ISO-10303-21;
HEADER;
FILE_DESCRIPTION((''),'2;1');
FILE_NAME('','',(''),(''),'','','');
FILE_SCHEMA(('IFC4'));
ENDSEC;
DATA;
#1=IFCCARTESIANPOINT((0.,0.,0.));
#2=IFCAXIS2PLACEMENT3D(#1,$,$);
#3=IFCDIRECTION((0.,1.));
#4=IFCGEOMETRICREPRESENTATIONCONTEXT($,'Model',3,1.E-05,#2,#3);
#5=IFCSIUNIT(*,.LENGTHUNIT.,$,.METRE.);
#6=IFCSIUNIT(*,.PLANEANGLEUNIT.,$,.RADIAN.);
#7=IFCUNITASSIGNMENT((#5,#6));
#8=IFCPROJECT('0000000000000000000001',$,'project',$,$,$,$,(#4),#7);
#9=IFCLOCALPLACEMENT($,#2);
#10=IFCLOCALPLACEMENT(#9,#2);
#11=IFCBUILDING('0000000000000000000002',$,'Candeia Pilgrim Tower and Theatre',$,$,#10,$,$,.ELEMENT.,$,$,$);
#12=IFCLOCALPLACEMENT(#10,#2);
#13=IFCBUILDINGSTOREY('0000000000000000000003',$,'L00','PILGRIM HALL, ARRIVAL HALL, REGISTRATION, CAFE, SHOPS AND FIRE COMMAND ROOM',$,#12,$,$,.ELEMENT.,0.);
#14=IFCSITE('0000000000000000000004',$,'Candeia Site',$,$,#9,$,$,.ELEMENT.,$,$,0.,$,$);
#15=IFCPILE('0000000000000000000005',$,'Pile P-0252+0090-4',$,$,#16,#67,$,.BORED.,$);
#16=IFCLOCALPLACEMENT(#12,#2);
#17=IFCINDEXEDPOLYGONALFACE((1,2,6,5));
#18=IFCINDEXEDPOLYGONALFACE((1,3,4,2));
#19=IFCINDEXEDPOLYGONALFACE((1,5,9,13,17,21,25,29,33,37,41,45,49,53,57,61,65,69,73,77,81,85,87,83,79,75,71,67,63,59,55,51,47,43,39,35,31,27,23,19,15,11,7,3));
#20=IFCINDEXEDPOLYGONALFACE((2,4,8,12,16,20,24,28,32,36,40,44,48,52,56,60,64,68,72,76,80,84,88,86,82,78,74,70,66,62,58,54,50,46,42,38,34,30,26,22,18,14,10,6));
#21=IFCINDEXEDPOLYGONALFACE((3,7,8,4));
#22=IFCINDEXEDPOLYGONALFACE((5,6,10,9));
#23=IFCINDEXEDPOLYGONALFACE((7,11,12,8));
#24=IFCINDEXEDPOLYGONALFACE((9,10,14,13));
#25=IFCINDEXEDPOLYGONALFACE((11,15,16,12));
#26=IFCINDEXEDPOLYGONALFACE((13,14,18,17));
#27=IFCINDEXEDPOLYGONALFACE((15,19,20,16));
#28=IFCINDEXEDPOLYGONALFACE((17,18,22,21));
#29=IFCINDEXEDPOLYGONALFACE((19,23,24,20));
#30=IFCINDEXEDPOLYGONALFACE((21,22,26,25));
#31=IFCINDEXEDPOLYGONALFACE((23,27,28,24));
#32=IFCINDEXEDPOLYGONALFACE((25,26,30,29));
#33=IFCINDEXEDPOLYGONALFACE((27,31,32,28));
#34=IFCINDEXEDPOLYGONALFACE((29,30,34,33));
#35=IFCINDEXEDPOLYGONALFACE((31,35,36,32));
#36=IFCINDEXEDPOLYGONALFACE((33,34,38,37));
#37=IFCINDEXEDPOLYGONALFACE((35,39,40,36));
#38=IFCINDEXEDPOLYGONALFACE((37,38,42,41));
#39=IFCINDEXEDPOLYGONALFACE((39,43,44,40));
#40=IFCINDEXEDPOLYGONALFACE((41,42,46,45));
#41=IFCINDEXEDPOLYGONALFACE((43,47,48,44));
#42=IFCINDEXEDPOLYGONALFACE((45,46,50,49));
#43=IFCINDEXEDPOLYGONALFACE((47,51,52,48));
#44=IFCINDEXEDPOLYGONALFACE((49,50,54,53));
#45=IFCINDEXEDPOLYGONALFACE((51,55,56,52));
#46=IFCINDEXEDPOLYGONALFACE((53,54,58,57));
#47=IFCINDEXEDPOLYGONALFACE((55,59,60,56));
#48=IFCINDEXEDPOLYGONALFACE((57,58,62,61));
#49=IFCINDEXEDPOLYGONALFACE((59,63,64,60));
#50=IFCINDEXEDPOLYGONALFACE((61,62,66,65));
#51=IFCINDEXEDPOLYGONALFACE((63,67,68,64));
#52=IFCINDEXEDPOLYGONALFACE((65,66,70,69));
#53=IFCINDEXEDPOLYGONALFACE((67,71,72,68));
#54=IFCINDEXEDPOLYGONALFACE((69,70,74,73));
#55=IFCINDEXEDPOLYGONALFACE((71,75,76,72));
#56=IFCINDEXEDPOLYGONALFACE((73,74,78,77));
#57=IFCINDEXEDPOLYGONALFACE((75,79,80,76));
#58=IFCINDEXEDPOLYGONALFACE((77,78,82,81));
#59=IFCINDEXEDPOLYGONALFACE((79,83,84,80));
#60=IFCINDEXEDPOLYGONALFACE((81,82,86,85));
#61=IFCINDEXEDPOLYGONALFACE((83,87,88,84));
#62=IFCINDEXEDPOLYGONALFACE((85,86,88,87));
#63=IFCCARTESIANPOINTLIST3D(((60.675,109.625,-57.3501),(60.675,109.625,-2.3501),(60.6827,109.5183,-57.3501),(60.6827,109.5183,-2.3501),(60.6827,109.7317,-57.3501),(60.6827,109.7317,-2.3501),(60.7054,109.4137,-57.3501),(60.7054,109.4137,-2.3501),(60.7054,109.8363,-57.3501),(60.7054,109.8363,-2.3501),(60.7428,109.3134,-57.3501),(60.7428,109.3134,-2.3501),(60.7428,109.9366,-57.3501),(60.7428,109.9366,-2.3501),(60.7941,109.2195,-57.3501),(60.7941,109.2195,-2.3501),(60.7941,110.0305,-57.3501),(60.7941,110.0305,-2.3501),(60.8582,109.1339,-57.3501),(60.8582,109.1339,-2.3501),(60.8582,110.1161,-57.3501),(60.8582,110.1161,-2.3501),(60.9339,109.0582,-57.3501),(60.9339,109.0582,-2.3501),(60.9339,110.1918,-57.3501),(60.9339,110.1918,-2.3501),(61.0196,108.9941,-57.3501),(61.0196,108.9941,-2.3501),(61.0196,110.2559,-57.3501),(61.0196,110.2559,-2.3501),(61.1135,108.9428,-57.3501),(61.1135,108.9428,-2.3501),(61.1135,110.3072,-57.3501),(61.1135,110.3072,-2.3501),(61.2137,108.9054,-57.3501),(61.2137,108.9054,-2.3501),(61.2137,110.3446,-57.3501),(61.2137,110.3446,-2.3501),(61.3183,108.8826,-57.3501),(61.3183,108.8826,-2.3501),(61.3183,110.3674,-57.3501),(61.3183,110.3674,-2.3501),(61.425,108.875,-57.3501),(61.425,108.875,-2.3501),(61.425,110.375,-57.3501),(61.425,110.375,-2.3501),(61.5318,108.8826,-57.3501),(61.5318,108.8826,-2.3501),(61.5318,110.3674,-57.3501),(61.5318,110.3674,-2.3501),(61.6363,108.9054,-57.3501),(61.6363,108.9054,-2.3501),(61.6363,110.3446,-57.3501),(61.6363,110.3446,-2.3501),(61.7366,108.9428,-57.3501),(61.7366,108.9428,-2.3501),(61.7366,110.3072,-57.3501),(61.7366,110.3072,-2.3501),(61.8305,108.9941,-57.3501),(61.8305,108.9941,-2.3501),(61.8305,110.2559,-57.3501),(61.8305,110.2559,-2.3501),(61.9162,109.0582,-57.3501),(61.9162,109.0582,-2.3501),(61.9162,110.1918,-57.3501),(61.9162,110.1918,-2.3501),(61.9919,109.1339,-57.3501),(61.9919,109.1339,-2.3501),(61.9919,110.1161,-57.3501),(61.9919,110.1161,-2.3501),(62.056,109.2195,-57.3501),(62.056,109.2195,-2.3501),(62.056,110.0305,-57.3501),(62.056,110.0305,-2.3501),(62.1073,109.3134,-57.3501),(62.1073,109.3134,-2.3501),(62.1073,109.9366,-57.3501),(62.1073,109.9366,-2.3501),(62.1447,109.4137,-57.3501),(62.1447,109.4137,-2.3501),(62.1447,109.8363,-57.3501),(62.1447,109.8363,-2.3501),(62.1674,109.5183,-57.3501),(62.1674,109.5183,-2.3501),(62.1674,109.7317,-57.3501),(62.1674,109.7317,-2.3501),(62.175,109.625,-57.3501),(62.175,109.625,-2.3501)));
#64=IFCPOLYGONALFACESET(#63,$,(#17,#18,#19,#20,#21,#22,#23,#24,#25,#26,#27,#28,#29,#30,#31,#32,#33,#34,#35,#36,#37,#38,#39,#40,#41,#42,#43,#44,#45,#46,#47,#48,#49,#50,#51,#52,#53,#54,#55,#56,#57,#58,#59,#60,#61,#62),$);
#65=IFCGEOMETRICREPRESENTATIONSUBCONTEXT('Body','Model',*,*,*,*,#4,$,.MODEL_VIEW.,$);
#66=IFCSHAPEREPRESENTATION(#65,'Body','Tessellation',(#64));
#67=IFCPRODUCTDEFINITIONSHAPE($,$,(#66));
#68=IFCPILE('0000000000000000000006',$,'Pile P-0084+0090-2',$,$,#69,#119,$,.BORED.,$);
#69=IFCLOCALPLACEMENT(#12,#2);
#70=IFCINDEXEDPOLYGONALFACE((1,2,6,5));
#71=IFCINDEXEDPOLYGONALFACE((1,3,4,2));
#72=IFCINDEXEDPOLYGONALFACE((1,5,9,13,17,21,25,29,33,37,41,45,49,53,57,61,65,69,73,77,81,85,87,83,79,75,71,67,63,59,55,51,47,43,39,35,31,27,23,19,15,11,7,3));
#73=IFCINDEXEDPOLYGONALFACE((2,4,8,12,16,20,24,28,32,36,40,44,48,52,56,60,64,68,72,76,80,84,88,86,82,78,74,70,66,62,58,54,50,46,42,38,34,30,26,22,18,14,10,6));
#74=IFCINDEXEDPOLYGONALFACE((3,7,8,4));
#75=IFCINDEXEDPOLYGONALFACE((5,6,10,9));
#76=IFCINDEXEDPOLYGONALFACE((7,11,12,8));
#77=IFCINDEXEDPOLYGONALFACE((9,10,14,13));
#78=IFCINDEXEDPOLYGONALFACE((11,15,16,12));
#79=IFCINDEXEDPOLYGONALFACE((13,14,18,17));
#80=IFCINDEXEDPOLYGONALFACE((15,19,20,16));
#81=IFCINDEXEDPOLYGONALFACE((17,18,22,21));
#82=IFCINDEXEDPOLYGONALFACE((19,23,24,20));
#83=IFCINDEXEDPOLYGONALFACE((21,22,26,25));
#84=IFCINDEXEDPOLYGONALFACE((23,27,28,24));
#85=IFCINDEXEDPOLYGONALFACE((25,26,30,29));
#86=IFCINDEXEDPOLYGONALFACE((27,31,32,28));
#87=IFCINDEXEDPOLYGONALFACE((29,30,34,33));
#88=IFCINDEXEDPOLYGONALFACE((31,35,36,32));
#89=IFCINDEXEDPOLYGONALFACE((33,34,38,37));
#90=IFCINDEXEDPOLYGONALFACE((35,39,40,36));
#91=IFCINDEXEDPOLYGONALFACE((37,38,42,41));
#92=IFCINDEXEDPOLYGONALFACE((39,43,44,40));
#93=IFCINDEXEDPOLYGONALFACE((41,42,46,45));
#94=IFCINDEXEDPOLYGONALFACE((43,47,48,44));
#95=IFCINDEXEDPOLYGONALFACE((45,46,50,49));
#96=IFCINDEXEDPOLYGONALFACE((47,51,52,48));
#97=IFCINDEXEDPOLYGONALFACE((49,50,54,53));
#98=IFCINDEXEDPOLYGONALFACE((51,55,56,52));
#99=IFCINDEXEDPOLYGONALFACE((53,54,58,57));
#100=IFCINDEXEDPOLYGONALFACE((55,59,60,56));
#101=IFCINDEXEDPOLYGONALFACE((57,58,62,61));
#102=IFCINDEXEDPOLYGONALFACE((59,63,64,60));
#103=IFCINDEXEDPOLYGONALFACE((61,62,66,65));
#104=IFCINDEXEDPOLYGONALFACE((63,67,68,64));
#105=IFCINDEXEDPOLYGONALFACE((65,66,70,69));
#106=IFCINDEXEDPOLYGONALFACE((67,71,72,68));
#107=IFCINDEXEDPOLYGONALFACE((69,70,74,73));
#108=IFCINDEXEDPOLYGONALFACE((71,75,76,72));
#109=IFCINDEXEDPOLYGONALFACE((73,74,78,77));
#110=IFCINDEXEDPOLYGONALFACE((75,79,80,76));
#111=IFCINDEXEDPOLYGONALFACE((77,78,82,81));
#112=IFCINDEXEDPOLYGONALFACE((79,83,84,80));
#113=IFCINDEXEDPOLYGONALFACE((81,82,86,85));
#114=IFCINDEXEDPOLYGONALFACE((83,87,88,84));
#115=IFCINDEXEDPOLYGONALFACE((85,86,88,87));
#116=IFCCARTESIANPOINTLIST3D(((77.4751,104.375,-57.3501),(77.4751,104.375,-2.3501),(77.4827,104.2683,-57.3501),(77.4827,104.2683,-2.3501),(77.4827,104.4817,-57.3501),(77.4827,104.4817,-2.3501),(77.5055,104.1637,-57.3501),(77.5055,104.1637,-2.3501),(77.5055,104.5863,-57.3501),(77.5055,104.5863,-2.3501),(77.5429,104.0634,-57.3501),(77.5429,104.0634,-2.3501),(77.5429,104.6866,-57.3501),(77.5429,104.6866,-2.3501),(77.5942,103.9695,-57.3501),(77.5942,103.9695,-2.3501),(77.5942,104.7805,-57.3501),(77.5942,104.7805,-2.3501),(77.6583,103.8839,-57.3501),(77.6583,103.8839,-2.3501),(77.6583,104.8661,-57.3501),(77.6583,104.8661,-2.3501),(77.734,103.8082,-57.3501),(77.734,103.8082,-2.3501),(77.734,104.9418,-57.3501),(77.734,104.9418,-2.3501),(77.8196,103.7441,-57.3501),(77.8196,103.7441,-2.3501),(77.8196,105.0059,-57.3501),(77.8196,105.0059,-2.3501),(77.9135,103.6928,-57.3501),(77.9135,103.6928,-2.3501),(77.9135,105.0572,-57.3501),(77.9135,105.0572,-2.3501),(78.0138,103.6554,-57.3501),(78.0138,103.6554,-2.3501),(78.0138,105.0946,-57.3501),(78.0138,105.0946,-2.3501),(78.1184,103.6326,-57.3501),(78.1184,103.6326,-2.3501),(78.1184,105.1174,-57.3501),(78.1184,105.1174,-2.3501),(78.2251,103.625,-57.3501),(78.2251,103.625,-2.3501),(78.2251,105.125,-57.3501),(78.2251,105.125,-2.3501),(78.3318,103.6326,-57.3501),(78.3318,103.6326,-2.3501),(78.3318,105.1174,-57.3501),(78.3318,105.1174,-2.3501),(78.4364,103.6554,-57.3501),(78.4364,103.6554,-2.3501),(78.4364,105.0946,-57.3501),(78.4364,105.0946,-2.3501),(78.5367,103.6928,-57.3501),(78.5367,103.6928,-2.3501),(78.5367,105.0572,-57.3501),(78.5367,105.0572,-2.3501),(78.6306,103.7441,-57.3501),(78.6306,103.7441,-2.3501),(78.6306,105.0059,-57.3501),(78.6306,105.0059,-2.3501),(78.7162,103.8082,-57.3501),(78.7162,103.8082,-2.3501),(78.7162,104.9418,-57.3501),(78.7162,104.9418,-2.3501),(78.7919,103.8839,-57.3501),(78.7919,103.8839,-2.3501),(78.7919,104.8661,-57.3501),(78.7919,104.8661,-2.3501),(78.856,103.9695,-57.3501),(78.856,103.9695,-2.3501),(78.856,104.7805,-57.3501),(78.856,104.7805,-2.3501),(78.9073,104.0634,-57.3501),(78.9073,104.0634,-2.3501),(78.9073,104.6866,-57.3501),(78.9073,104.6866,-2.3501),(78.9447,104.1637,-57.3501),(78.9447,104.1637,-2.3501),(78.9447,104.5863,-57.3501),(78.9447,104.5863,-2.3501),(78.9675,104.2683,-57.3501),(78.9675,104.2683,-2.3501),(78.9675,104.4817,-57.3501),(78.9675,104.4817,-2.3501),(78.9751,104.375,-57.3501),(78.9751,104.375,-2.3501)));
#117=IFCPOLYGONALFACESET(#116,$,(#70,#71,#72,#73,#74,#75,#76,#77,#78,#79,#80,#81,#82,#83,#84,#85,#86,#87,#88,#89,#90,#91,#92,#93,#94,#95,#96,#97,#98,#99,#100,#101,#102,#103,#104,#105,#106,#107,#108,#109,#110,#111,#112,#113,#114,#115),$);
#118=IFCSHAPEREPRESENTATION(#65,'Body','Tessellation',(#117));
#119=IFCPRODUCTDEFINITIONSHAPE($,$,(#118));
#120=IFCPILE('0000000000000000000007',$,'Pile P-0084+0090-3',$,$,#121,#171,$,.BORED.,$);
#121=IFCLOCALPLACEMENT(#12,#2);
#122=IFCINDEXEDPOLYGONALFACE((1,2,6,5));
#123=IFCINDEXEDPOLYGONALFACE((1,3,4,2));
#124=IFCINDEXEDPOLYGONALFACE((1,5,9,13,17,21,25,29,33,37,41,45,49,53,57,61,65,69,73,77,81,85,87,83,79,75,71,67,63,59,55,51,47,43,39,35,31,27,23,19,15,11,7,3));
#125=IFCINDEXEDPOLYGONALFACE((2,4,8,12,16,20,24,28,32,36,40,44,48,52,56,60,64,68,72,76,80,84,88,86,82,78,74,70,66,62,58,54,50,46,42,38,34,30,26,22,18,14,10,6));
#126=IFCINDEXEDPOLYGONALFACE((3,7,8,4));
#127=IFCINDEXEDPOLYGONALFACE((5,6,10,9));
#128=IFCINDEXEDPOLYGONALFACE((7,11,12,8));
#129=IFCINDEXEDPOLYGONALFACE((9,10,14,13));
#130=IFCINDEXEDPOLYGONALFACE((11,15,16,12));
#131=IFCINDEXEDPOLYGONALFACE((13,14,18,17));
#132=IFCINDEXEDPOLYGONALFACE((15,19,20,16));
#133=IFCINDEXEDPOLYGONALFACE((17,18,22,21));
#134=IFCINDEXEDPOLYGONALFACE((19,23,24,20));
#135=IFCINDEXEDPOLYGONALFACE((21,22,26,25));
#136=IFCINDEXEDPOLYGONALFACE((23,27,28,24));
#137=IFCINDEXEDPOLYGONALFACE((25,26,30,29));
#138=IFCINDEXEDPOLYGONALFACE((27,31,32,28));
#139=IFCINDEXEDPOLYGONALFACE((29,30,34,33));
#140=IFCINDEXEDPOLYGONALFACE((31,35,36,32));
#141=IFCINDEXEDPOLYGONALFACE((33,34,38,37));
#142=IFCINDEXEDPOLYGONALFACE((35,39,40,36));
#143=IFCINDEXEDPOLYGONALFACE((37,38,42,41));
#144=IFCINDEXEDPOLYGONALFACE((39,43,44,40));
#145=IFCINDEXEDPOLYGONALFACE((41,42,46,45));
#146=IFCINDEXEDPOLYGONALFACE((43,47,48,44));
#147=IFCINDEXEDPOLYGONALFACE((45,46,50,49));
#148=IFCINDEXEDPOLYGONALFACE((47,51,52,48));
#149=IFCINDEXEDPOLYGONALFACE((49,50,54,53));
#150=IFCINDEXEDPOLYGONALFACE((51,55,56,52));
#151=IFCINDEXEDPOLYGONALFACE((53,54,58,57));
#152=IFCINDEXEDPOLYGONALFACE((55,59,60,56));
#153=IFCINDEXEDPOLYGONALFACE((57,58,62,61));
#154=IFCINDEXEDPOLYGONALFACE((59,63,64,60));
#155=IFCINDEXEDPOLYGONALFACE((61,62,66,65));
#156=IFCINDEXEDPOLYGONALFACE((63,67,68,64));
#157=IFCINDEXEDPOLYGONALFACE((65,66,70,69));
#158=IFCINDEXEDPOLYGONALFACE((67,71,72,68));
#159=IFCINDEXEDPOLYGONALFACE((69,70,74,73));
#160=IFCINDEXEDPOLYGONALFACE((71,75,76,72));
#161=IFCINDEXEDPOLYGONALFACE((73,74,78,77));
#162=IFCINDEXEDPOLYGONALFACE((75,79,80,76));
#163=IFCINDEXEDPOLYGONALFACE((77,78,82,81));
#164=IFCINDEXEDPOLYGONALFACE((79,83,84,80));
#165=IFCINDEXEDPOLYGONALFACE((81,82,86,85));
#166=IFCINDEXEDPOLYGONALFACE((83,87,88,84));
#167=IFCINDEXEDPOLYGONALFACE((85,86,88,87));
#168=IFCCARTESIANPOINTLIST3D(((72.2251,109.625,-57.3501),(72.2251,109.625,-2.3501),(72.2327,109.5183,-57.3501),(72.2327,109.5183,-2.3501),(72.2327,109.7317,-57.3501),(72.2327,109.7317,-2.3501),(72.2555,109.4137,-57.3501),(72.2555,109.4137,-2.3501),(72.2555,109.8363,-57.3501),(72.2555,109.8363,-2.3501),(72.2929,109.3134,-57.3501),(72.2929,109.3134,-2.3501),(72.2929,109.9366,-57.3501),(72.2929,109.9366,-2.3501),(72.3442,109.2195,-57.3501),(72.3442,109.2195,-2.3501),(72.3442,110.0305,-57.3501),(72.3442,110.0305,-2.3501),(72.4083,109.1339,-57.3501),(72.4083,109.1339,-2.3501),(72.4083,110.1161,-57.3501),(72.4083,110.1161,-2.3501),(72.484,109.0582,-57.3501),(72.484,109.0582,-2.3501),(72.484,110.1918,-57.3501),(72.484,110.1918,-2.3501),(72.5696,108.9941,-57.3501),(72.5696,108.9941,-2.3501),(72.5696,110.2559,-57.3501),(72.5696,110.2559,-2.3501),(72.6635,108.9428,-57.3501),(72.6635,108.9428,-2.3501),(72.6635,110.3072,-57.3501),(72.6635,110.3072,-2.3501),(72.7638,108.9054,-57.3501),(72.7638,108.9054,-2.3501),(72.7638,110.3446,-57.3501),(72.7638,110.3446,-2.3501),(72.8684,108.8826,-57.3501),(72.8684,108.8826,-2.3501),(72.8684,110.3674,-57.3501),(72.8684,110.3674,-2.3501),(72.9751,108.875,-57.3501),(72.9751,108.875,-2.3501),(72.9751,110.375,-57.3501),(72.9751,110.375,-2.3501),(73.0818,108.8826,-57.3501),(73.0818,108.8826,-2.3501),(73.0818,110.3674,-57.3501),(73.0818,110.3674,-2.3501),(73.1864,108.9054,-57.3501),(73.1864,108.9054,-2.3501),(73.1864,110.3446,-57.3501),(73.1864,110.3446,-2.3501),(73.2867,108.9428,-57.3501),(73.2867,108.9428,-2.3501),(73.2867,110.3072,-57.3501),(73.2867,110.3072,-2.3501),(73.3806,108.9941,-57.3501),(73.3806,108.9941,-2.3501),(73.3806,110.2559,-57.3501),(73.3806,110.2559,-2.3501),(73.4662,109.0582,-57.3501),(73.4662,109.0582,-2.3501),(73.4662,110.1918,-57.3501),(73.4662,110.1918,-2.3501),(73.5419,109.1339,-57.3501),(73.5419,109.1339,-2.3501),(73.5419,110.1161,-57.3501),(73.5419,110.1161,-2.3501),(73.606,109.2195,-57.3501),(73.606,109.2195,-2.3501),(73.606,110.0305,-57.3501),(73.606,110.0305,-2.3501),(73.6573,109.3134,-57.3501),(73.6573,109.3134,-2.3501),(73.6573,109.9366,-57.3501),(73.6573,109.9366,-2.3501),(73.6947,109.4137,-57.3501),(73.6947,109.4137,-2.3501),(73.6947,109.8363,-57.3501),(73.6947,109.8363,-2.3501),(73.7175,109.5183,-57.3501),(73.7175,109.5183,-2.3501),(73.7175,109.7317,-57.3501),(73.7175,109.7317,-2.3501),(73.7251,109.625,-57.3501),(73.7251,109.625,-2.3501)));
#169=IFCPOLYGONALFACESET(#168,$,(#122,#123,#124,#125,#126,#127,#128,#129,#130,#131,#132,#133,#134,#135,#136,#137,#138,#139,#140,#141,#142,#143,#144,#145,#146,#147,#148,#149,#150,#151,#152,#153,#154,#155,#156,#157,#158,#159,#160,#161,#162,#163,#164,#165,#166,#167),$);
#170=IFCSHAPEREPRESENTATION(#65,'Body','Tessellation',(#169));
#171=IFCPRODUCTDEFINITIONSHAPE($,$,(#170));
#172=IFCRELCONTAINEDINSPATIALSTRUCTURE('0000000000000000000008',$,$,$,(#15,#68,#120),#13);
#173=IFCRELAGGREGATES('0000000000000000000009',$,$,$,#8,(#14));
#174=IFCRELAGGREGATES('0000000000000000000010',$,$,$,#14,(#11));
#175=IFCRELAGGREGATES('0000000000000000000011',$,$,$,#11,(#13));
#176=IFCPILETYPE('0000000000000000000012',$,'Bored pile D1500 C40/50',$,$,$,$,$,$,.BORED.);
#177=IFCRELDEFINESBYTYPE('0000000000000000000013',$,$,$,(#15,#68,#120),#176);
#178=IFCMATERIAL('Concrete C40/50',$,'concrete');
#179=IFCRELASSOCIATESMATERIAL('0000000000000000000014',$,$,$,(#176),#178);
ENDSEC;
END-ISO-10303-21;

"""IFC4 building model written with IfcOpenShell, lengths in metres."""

from ifc_helpers import new_model, si_unit, direction, frame, origin, origin_2d, place, context, subcontext, project, spatial, circle, extrude, material, material_profile, profile_set, type_object, element, save


model = new_model("IFC4")

# Units and contexts
model_context = context("Model", 3, precision=1e-05, world=origin(), true_north=direction((0.0, 1.0)))
body_context = subcontext(model_context, "Body", "Model", "MODEL_VIEW")
ifc_project = project(units=[si_unit("LENGTHUNIT", "METRE"), si_unit("PLANEANGLEUNIT", "RADIAN")], contexts=[model_context])

# Site, building, storey
site_placement = place(None, origin())
site = spatial("IfcSite", under=ifc_project, at=site_placement, Name="Candeia Site", CompositionType="ELEMENT", RefElevation=0.0)
building_placement = place(site_placement, origin())
building = spatial("IfcBuilding", under=site, at=building_placement, Name="Candeia Pilgrim Tower and Theatre", CompositionType="ELEMENT")
storey_placement = place(building_placement, origin())
storey = spatial("IfcBuildingStorey", under=building, at=storey_placement, Name="L00", Description="PILGRIM HALL, ARRIVAL HALL, REGISTRATION, CAFE, SHOPS AND FIRE COMMAND ROOM", CompositionType="ELEMENT", Elevation=0.0)

# Piles
ifc_material_1 = material(Name="Concrete C40/50", Category="concrete")
ifc_material_profile_1 = material_profile(ifc_material_1, circle(Radius=0.75, at=origin_2d()))
ifc_profile_set_1 = profile_set([ifc_material_profile_1], Name="Concrete C40/50")
pile_type = type_object("IfcPileType", Name="Bored pile D1500 C40/50", PredefinedType="BORED", material=ifc_profile_set_1)
for number, where, z_axis, x_axis, name in (
    (1, (61.425, 109.625, -2.3501), (0.0, 0.0, -1.0), (1.0, 0.0, 0.0), "Pile P-0252+0090-4"),
    (2, (78.2251, 104.375, -2.3501), (0.0, 0.0, -1.0), (1.0, 0.0, 0.0), "Pile P-0084+0090-2"),
    (3, (72.9751, 109.625, -2.3501), (0.0, 0.0, -1.0), (1.0, 0.0, 0.0), "Pile P-0084+0090-3"),
):
    element("IfcPile", number, at=place(storey_placement, frame(where, z_axis=z_axis, x_axis=x_axis)), inside=storey, type_object=pile_type, Name=name, PredefinedType="BORED", context=body_context, shape_type="SweptSolid", body=[
        extrude(circle(Radius=0.75, at=origin_2d()), origin(), (0.0, 0.0, 1.0), 55.0),
    ])

save(model, "model.ifc")
